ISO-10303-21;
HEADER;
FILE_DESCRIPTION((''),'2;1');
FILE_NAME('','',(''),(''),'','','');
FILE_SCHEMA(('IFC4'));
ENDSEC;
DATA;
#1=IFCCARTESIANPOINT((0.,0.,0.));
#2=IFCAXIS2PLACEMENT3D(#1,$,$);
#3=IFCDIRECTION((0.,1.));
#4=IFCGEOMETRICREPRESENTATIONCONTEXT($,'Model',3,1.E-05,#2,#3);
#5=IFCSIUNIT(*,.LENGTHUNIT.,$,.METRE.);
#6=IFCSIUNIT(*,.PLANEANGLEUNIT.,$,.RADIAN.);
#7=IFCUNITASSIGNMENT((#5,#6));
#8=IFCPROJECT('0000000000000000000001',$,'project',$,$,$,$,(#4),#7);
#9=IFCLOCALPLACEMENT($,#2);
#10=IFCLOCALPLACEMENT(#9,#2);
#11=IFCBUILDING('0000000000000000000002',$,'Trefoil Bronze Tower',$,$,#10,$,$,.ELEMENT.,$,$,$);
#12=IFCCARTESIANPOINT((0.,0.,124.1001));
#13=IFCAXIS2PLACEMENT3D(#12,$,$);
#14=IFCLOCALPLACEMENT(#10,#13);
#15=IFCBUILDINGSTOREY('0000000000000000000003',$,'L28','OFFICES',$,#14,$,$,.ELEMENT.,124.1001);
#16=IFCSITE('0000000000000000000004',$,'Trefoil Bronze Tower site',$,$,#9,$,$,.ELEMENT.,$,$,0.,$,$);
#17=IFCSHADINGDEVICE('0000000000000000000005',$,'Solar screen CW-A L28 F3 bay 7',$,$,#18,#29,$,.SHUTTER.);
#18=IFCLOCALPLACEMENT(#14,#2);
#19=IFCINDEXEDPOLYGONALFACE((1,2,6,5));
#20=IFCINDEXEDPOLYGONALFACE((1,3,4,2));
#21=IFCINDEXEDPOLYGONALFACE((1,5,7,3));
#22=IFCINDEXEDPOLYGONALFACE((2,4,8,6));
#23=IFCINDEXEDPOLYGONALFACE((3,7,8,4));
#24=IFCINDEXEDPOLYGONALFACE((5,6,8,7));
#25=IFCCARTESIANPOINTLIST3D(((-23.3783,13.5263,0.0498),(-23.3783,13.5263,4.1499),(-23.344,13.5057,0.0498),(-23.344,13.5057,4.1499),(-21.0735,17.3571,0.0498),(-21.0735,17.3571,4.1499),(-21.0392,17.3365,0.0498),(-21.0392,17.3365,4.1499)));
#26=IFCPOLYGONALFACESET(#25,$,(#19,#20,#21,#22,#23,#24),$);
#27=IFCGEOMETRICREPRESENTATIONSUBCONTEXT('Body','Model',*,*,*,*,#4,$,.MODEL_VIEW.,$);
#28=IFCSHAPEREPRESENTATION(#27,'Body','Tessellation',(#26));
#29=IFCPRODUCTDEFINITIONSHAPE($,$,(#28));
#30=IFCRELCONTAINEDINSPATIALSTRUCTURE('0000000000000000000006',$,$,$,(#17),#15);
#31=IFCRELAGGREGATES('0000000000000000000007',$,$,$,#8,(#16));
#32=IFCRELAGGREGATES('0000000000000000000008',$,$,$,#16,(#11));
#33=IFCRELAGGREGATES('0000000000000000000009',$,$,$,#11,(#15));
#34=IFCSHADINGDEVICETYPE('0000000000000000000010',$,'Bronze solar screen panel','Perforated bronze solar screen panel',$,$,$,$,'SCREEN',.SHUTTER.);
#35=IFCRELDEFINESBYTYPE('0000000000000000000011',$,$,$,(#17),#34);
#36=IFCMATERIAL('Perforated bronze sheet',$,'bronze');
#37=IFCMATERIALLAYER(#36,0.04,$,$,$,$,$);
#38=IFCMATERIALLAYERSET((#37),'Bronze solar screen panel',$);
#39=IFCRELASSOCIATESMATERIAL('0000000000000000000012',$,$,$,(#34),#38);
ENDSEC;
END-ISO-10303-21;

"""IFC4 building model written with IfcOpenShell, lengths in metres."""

from ifc_helpers import new_model, si_unit, direction, frame, origin, origin_2d, place, context, subcontext, project, spatial, rectangle, extrude, material, layer, layer_set, type_object, element, save


model = new_model("IFC4")

# Units and contexts
model_context = context("Model", 3, precision=1e-05, world=origin(), true_north=direction((0.0, 1.0)))
body_context = subcontext(model_context, "Body", "Model", "MODEL_VIEW")
ifc_project = project(units=[si_unit("LENGTHUNIT", "METRE"), si_unit("PLANEANGLEUNIT", "RADIAN")], contexts=[model_context])

# Site, building, storey
site_placement = place(None, origin())
site = spatial("IfcSite", under=ifc_project, at=site_placement, Name="Trefoil Bronze Tower site", CompositionType="ELEMENT", RefElevation=0.0)
building_placement = place(site_placement, origin())
building = spatial("IfcBuilding", under=site, at=building_placement, Name="Trefoil Bronze Tower", CompositionType="ELEMENT")
storey_placement = place(building_placement, frame((0.0, 0.0, 124.1001)))
storey = spatial("IfcBuildingStorey", under=building, at=storey_placement, Name="L28", Description="OFFICES", CompositionType="ELEMENT", Elevation=124.1001)

# Shading device
ifc_material_1 = material(Name="Perforated bronze sheet", Category="bronze")
ifc_layer_1 = layer(ifc_material_1, 0.04)
ifc_layer_set_1 = layer_set([ifc_layer_1], Name="Bronze solar screen panel")
shading_device_type = type_object("IfcShadingDeviceType", Name="Bronze solar screen panel", Description="Perforated bronze solar screen panel", ElementType="SCREEN", PredefinedType="SHUTTER", material=ifc_layer_set_1)
shading_device_1_placement = place(storey_placement, frame((-22.2087, 15.4314, 0.0498), z_axis=(0.0, 0.0, 1.0), x_axis=(-0.515525, -0.856874, 0.0)))
element("IfcShadingDevice", 1, at=shading_device_1_placement, inside=storey, type_object=shading_device_type, Name="Solar screen CW-A L28 F3 bay 7", PredefinedType="SHUTTER", context=body_context, shape_type="SweptSolid", body=[
    extrude(rectangle(XDim=4.4707, YDim=0.04, at=origin_2d()), origin(), (0.0, 0.0, 1.0), 4.1001),
])

save(model, "model.ifc")
